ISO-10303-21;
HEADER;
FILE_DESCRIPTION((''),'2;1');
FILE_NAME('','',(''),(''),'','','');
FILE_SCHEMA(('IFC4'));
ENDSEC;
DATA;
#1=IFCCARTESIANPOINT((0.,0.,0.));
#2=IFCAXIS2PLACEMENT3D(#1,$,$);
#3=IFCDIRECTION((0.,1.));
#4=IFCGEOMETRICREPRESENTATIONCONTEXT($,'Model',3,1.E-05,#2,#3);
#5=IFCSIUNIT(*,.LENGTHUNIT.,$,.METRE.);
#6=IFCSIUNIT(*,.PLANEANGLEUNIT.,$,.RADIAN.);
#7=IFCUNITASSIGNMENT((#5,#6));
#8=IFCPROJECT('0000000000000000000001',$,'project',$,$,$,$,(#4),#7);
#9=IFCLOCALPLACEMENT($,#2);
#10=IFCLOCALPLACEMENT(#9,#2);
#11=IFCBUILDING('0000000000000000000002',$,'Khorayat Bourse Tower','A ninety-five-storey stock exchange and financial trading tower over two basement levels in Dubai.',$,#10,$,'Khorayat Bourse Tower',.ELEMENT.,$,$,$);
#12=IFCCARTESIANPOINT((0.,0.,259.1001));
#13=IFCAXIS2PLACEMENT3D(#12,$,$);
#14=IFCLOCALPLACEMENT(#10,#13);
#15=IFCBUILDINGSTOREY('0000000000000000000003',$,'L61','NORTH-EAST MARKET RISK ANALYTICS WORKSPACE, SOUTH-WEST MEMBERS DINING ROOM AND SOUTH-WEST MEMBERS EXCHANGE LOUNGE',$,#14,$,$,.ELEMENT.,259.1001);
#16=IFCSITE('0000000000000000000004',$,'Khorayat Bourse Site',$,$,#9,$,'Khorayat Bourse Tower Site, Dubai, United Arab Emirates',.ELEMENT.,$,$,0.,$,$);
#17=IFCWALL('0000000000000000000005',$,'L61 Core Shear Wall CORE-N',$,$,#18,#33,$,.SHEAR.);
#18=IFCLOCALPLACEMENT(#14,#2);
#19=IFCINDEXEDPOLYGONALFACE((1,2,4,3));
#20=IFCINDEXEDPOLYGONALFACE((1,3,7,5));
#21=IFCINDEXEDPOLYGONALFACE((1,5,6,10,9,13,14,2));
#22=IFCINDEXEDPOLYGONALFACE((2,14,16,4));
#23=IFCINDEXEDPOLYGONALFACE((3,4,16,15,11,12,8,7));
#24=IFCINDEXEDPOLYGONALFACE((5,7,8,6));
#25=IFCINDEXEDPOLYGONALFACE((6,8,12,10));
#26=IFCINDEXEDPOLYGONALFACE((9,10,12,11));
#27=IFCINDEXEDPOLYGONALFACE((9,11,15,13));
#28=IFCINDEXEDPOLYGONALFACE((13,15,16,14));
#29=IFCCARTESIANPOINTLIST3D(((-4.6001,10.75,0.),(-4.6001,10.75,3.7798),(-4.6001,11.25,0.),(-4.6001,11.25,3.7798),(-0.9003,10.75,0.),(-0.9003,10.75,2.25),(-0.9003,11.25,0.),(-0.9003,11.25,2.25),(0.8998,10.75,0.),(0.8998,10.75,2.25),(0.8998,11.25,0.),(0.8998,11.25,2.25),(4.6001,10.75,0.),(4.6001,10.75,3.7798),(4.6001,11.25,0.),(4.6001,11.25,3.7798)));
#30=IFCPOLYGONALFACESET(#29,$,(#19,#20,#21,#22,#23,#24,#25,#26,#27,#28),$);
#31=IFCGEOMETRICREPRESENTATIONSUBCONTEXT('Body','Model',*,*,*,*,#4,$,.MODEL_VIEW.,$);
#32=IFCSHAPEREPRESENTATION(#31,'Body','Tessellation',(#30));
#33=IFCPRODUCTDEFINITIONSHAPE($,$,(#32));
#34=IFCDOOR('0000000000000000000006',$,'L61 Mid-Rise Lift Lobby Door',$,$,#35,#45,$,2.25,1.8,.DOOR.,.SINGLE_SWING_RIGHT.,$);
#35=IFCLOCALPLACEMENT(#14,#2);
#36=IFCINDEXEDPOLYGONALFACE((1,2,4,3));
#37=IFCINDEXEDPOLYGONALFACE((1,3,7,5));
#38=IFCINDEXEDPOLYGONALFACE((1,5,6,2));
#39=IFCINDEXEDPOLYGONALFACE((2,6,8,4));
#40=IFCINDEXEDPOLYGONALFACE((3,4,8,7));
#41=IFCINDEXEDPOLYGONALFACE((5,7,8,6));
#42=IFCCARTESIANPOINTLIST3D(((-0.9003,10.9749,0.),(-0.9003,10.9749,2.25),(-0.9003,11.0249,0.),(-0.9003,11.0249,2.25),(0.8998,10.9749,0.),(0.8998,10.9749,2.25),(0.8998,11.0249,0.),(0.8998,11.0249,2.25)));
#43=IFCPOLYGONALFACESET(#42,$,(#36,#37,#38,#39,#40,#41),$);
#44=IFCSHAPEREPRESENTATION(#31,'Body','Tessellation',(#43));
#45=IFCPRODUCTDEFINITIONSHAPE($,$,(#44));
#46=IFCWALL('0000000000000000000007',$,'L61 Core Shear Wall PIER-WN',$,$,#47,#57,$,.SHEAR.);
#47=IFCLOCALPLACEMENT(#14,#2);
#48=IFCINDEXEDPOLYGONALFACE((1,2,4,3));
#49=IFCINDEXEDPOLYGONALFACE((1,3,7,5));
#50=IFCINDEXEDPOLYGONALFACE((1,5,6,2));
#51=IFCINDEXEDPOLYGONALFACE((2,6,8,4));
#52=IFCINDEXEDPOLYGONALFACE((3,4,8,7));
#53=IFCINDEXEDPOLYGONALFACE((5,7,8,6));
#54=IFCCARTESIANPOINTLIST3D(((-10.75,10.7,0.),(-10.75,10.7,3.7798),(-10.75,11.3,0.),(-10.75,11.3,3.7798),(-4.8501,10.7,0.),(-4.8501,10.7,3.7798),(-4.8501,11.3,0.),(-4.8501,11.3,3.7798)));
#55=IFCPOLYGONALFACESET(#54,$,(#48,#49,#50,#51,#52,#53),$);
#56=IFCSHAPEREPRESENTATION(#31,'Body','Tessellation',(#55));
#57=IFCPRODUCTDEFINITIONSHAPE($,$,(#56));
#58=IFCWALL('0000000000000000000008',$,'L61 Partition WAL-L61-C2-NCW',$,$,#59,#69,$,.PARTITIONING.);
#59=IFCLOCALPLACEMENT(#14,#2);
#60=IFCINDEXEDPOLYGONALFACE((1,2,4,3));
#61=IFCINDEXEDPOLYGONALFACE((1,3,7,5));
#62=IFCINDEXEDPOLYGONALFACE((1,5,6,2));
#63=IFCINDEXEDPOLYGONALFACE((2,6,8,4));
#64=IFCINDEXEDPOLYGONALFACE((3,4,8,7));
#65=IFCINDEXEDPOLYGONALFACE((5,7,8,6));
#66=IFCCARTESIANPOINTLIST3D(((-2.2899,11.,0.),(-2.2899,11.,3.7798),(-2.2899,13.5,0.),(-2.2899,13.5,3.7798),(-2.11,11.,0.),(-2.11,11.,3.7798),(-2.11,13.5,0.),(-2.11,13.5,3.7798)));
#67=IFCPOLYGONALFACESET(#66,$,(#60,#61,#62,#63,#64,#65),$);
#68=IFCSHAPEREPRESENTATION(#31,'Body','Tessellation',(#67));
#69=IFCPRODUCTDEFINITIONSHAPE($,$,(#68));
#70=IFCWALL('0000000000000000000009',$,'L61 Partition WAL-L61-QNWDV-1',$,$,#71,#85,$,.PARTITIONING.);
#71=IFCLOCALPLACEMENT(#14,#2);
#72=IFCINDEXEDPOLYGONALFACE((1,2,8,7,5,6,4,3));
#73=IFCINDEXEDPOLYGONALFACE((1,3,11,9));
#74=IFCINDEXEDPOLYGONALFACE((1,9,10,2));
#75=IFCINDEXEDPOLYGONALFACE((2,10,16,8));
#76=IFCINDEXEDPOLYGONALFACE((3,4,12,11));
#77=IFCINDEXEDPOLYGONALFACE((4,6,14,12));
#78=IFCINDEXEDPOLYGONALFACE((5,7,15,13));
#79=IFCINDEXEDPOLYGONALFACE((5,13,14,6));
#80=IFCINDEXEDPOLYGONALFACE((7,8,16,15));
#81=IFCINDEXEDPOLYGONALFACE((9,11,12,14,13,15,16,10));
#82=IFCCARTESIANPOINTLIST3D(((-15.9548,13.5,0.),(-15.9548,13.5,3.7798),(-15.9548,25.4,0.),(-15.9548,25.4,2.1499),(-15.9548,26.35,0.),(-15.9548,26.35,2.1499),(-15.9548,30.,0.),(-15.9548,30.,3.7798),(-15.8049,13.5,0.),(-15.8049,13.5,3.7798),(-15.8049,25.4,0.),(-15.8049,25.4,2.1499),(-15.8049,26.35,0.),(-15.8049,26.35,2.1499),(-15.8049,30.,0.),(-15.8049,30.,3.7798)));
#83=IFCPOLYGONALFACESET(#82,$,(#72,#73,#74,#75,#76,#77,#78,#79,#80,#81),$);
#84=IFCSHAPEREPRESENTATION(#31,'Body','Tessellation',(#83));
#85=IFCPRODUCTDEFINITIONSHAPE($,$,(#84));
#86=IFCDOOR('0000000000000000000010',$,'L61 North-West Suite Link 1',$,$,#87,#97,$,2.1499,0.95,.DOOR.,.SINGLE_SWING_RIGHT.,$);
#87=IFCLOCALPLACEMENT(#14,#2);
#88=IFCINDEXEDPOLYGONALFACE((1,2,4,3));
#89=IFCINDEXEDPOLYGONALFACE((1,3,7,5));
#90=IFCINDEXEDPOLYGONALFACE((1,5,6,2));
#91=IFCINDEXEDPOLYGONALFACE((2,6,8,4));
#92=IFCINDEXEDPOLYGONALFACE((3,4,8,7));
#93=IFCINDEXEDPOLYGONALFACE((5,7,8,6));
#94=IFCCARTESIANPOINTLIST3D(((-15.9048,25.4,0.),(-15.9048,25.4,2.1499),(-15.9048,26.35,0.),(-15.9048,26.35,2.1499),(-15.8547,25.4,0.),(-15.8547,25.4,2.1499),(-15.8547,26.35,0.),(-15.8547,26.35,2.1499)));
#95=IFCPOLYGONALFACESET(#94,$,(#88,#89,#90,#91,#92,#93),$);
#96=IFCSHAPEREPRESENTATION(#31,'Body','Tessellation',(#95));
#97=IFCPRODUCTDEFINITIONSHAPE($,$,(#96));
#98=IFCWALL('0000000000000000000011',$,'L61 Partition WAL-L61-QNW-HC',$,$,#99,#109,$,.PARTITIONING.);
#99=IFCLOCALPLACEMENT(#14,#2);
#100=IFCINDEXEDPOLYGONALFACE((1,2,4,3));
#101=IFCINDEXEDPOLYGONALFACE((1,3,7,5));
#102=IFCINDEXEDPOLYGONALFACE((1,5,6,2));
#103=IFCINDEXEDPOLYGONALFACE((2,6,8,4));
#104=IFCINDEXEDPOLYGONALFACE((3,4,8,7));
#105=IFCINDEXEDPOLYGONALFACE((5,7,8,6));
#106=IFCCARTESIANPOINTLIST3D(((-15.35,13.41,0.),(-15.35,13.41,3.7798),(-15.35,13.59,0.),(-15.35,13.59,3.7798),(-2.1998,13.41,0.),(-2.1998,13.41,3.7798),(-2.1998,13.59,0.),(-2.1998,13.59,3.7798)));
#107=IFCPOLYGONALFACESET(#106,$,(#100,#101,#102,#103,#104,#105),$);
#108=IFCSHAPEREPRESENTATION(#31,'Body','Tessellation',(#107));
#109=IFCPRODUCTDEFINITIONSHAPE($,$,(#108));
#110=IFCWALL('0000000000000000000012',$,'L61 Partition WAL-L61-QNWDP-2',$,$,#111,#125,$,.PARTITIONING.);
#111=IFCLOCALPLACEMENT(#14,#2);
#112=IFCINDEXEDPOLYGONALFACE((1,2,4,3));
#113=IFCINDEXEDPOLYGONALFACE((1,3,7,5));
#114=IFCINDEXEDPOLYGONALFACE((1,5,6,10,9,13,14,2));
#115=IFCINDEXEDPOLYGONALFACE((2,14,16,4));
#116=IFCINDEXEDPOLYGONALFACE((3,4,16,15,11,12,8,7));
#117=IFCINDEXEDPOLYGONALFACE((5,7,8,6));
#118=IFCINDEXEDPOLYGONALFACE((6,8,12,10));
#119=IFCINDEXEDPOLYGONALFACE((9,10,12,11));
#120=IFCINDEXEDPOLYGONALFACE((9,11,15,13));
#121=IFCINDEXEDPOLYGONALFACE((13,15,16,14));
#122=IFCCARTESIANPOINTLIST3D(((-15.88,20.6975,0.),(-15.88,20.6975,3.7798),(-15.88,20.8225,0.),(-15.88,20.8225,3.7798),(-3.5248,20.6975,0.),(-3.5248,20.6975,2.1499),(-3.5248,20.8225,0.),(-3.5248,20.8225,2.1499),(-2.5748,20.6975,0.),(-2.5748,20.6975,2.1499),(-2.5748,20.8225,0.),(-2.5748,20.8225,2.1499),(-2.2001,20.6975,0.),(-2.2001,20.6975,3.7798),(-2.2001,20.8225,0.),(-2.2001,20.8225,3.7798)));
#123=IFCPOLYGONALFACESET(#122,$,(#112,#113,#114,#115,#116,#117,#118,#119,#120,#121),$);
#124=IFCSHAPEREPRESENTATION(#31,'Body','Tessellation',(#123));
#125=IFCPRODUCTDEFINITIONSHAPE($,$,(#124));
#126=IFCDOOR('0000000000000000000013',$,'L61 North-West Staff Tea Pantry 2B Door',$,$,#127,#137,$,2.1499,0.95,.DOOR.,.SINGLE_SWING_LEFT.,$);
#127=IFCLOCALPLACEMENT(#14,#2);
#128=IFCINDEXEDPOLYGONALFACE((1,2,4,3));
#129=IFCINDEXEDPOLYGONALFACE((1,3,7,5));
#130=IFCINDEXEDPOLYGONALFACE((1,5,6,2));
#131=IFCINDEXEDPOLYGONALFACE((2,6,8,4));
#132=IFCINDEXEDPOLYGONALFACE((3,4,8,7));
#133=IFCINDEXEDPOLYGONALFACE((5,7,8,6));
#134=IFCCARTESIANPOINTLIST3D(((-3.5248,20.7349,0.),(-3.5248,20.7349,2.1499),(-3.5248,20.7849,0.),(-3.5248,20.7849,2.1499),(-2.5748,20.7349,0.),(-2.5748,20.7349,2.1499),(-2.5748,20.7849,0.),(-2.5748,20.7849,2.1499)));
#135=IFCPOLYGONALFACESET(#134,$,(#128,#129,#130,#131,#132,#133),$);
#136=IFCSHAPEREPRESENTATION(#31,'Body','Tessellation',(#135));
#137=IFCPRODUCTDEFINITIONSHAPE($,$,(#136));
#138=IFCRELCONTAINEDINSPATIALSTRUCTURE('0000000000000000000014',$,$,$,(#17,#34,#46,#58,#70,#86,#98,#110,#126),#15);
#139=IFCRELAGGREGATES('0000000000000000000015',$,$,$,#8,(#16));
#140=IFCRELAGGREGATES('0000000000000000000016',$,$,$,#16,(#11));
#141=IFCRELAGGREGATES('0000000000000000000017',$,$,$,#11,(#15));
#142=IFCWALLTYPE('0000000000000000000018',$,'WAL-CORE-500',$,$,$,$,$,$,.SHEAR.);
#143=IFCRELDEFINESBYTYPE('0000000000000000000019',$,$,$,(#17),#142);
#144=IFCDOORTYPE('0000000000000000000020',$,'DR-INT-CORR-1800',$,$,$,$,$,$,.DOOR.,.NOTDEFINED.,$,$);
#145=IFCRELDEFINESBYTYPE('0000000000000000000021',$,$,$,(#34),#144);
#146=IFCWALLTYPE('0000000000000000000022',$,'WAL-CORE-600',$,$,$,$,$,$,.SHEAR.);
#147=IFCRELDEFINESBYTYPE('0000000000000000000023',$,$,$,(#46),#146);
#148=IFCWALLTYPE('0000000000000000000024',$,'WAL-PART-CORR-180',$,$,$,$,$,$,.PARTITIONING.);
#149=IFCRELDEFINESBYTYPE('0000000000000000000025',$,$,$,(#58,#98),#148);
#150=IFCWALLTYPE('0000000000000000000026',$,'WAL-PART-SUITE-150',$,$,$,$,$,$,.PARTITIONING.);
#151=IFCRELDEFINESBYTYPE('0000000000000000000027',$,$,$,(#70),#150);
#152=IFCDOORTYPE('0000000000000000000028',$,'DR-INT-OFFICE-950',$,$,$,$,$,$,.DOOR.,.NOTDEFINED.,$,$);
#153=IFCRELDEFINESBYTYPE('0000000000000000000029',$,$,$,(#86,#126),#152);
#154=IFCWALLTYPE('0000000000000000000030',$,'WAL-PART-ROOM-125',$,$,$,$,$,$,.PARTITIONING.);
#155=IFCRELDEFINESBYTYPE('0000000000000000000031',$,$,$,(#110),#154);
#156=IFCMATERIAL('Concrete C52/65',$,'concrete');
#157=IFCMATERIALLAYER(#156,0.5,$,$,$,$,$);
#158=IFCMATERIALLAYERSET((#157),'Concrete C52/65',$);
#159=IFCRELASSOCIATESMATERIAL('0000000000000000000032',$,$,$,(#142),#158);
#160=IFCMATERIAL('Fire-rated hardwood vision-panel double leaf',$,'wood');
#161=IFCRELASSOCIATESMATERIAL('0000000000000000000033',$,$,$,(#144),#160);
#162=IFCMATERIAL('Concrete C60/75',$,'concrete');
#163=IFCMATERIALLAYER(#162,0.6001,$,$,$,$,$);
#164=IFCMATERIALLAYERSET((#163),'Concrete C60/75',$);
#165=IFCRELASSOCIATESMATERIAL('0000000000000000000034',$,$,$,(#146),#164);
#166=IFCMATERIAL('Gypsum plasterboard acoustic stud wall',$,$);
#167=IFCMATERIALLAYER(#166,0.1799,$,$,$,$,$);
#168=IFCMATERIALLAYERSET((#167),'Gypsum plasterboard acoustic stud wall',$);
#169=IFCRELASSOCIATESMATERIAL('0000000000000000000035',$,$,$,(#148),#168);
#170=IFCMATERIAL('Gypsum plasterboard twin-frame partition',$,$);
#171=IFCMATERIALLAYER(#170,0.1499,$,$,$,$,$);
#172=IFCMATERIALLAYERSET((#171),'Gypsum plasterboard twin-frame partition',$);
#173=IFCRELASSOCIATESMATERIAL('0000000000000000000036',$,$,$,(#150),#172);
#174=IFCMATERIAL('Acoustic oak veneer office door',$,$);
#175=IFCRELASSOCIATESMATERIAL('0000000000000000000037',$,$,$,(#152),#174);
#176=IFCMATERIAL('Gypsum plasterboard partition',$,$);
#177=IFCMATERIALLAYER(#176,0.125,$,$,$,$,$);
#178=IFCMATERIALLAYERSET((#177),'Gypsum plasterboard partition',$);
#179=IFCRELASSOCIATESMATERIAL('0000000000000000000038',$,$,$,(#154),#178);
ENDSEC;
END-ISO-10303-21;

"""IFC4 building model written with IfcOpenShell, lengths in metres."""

from ifc_helpers import new_model, si_unit, direction, frame, frame_2d, origin, place, context, subcontext, project, spatial, rectangle, extrude, source, transform, mapped, material, layer, layer_set, type_object, element, fill, save


model = new_model("IFC4")

# Units and contexts
model_context = context("Model", 3, precision=1e-05, world=origin(), true_north=direction((0.0, 1.0)))
body_context = subcontext(model_context, "Body", "Model", "MODEL_VIEW")
ifc_project = project(units=[si_unit("LENGTHUNIT", "METRE"), si_unit("PLANEANGLEUNIT", "RADIAN")], contexts=[model_context])

# Site, building, storey
site_placement = place(None, origin())
site = spatial("IfcSite", under=ifc_project, at=site_placement, Name="Khorayat Bourse Site", LongName="Khorayat Bourse Tower Site, Dubai, United Arab Emirates", CompositionType="ELEMENT", RefElevation=0.0)
building_placement = place(site_placement, origin())
building = spatial("IfcBuilding", under=site, at=building_placement, Name="Khorayat Bourse Tower", Description="A ninety-five-storey stock exchange and financial trading tower over two basement levels in Dubai.", LongName="Khorayat Bourse Tower", CompositionType="ELEMENT")
storey_placement = place(building_placement, frame((0.0, 0.0, 259.1001)))
storey = spatial("IfcBuildingStorey", under=building, at=storey_placement, Name="L61", Description="NORTH-EAST MARKET RISK ANALYTICS WORKSPACE, SOUTH-WEST MEMBERS DINING ROOM AND SOUTH-WEST MEMBERS EXCHANGE LOUNGE", CompositionType="ELEMENT", Elevation=259.1001)

# Shared definitions
ifc_material_1 = material(Name="Concrete C60/75", Category="concrete")

# Wall, opening, door
ifc_material_2 = material(Name="Concrete C52/65", Category="concrete")
ifc_layer_1 = layer(ifc_material_2, 0.5)
ifc_layer_set_1 = layer_set([ifc_layer_1], Name="Concrete C52/65")
wall_type_1 = type_object("IfcWallType", Name="WAL-CORE-500", PredefinedType="SHEAR", material=ifc_layer_set_1)
shared_shape_1 = source(origin(), body_context, "Body", "SweptSolid", [
    extrude(rectangle(XDim=9.2002, YDim=0.5, at=frame_2d((4.6001, 0.0))), origin(), (0.0, 0.0, 1.0), 3.7798),
])
wall_1_placement = place(storey_placement, frame((-4.6001, 11.0, 0.0), z_axis=(0.0, 0.0, 1.0), x_axis=(1.0, 0.0, 0.0)))
wall_1 = element("IfcWall", 1, at=wall_1_placement, inside=storey, type_object=wall_type_1, Name="L61 Core Shear Wall CORE-N", PredefinedType="SHEAR", context=body_context, shape_type="MappedRepresentation", body=[
    mapped(shared_shape_1, transform((0.0, 0.0, 0.0), scale=1.0)),
])
shared_shape_2 = source(origin(), body_context, "Body", "SweptSolid", [
    extrude(rectangle(XDim=1.8, YDim=2.25, at=frame_2d((0.8999, 1.125))), frame((0.0, 0.26, 0.0), z_axis=(0.0, -1.0, 0.0), x_axis=(1.0, 0.0, 0.0)), (0.0, 0.0, 1.0), 0.52),
])
opening_1_placement = place(wall_1_placement, frame((3.7, 0.0, 0.0)))
opening_1 = element("IfcOpeningElement", 2, at=opening_1_placement, cuts=wall_1, PredefinedType="OPENING", context=body_context, shape_type="MappedRepresentation", body=[
    mapped(shared_shape_2, transform((0.0, 0.0, 0.0), scale=1.0)),
])
ifc_material_3 = material(Name="Fire-rated hardwood vision-panel double leaf", Category="wood")
door_type_1 = type_object("IfcDoorType", Name="DR-INT-CORR-1800", OperationType="NOTDEFINED", PredefinedType="DOOR", material=ifc_material_3)
shared_shape_3 = source(origin(), body_context, "Body", "SweptSolid", [
    extrude(rectangle(XDim=1.8, YDim=2.25, at=frame_2d((0.8999, 1.125))), frame((0.0, 0.0249, 0.0), z_axis=(0.0, -1.0, 0.0), x_axis=(1.0, 0.0, 0.0)), (0.0, 0.0, 1.0), 0.05),
])
door_1_placement = place(opening_1_placement, origin())
door_1 = element("IfcDoor", 3, at=door_1_placement, inside=storey, type_object=door_type_1, Name="L61 Mid-Rise Lift Lobby Door", OperationType="SINGLE_SWING_RIGHT", OverallHeight=2.25, OverallWidth=1.8, PredefinedType="DOOR", context=body_context, shape_type="MappedRepresentation", body=[
    mapped(shared_shape_3, transform((0.0, 0.0, 0.0), scale=1.0)),
])
fill(opening_1, door_1)

# Walls
ifc_layer_2 = layer(ifc_material_1, 0.6001)
ifc_layer_set_2 = layer_set([ifc_layer_2], Name="Concrete C60/75")
wall_type_2 = type_object("IfcWallType", Name="WAL-CORE-600", PredefinedType="SHEAR", material=ifc_layer_set_2)
shared_shape_4 = source(origin(), body_context, "Body", "SweptSolid", [
    extrude(rectangle(XDim=5.8999, YDim=0.6001, at=frame_2d((2.95, 0.0))), origin(), (0.0, 0.0, 1.0), 3.7798),
])
wall_2_placement = place(storey_placement, frame((-10.75, 11.0, 0.0), z_axis=(0.0, 0.0, 1.0), x_axis=(1.0, 0.0, 0.0)))
element("IfcWall", 4, at=wall_2_placement, inside=storey, type_object=wall_type_2, Name="L61 Core Shear Wall PIER-WN", PredefinedType="SHEAR", context=body_context, shape_type="MappedRepresentation", body=[
    mapped(shared_shape_4, transform((0.0, 0.0, 0.0), scale=1.0)),
])
ifc_material_4 = material(Name="Gypsum plasterboard acoustic stud wall")
ifc_layer_3 = layer(ifc_material_4, 0.1799)
ifc_layer_set_3 = layer_set([ifc_layer_3], Name="Gypsum plasterboard acoustic stud wall")
wall_type_3 = type_object("IfcWallType", Name="WAL-PART-CORR-180", PredefinedType="PARTITIONING", material=ifc_layer_set_3)
shared_shape_5 = source(origin(), body_context, "Body", "SweptSolid", [
    extrude(rectangle(XDim=2.5, YDim=0.1799, at=frame_2d((1.25, 0.0))), origin(), (0.0, 0.0, 1.0), 3.7798),
])
wall_3_placement = place(storey_placement, frame((-2.2, 11.0, 0.0), z_axis=(0.0, 0.0, 1.0), x_axis=(0.0, 1.0, 0.0)))
element("IfcWall", 5, at=wall_3_placement, inside=storey, type_object=wall_type_3, Name="L61 Partition WAL-L61-C2-NCW", PredefinedType="PARTITIONING", context=body_context, shape_type="MappedRepresentation", body=[
    mapped(shared_shape_5, transform((0.0, 0.0, 0.0), scale=1.0)),
])

# Wall, opening, door
ifc_material_5 = material(Name="Gypsum plasterboard twin-frame partition")
ifc_layer_4 = layer(ifc_material_5, 0.1499)
ifc_layer_set_4 = layer_set([ifc_layer_4], Name="Gypsum plasterboard twin-frame partition")
wall_type_4 = type_object("IfcWallType", Name="WAL-PART-SUITE-150", PredefinedType="PARTITIONING", material=ifc_layer_set_4)
shared_shape_6 = source(origin(), body_context, "Body", "SweptSolid", [
    extrude(rectangle(XDim=16.5, YDim=0.1499, at=frame_2d((8.25, 0.0))), origin(), (0.0, 0.0, 1.0), 3.7798),
])
wall_4_placement = place(storey_placement, frame((-15.8799, 13.5, 0.0), z_axis=(0.0, 0.0, 1.0), x_axis=(0.0, 1.0, 0.0)))
wall_4 = element("IfcWall", 6, at=wall_4_placement, inside=storey, type_object=wall_type_4, Name="L61 Partition WAL-L61-QNWDV-1", PredefinedType="PARTITIONING", context=body_context, shape_type="MappedRepresentation", body=[
    mapped(shared_shape_6, transform((0.0, 0.0, 0.0), scale=1.0)),
])
shared_shape_7 = source(origin(), body_context, "Body", "SweptSolid", [
    extrude(rectangle(XDim=0.95, YDim=2.1499, at=frame_2d((0.4751, 1.075))), frame((0.0, 0.085, 0.0), z_axis=(0.0, -1.0, 0.0), x_axis=(1.0, 0.0, 0.0)), (0.0, 0.0, 1.0), 0.1699),
])
opening_2_placement = place(wall_4_placement, frame((11.8999, 0.0, 0.0)))
opening_2 = element("IfcOpeningElement", 7, at=opening_2_placement, cuts=wall_4, PredefinedType="OPENING", context=body_context, shape_type="MappedRepresentation", body=[
    mapped(shared_shape_7, transform((0.0, 0.0, 0.0), scale=1.0)),
])
ifc_material_6 = material(Name="Acoustic oak veneer office door")
door_type_2 = type_object("IfcDoorType", Name="DR-INT-OFFICE-950", OperationType="NOTDEFINED", PredefinedType="DOOR", material=ifc_material_6)
shared_shape_8 = source(origin(), body_context, "Body", "SweptSolid", [
    extrude(rectangle(XDim=0.95, YDim=2.1499, at=frame_2d((0.4751, 1.075))), frame((0.0, 0.0249, 0.0), z_axis=(0.0, -1.0, 0.0), x_axis=(1.0, 0.0, 0.0)), (0.0, 0.0, 1.0), 0.05),
])
door_2_placement = place(opening_2_placement, origin())
door_2 = element("IfcDoor", 8, at=door_2_placement, inside=storey, type_object=door_type_2, Name="L61 North-West Suite Link 1", OperationType="SINGLE_SWING_RIGHT", OverallHeight=2.1499, OverallWidth=0.95, PredefinedType="DOOR", context=body_context, shape_type="MappedRepresentation", body=[
    mapped(shared_shape_8, transform((0.0, 0.0, 0.0), scale=1.0)),
])
fill(opening_2, door_2)

# Wall
shared_shape_9 = source(origin(), body_context, "Body", "SweptSolid", [
    extrude(rectangle(XDim=13.1501, YDim=0.1799, at=frame_2d((6.5752, 0.0))), origin(), (0.0, 0.0, 1.0), 3.7798),
])
wall_5_placement = place(storey_placement, frame((-15.3501, 13.5, 0.0), z_axis=(0.0, 0.0, 1.0), x_axis=(1.0, 0.0, 0.0)))
element("IfcWall", 9, at=wall_5_placement, inside=storey, type_object=wall_type_3, Name="L61 Partition WAL-L61-QNW-HC", PredefinedType="PARTITIONING", context=body_context, shape_type="MappedRepresentation", body=[
    mapped(shared_shape_9, transform((0.0, 0.0, 0.0), scale=1.0)),
])

# Wall, opening, door
ifc_material_7 = material(Name="Gypsum plasterboard partition")
ifc_layer_5 = layer(ifc_material_7, 0.125)
ifc_layer_set_5 = layer_set([ifc_layer_5], Name="Gypsum plasterboard partition")
wall_type_5 = type_object("IfcWallType", Name="WAL-PART-ROOM-125", PredefinedType="PARTITIONING", material=ifc_layer_set_5)
shared_shape_10 = source(origin(), body_context, "Body", "SweptSolid", [
    extrude(rectangle(XDim=13.6799, YDim=0.125, at=frame_2d((6.8398, 0.0))), origin(), (0.0, 0.0, 1.0), 3.7798),
])
wall_6_placement = place(storey_placement, frame((-15.8799, 20.76, 0.0), z_axis=(0.0, 0.0, 1.0), x_axis=(1.0, 0.0, 0.0)))
wall_6 = element("IfcWall", 10, at=wall_6_placement, inside=storey, type_object=wall_type_5, Name="L61 Partition WAL-L61-QNWDP-2", PredefinedType="PARTITIONING", context=body_context, shape_type="MappedRepresentation", body=[
    mapped(shared_shape_10, transform((0.0, 0.0, 0.0), scale=1.0)),
])
shared_shape_11 = source(origin(), body_context, "Body", "SweptSolid", [
    extrude(rectangle(XDim=0.95, YDim=2.1499, at=frame_2d((0.4751, 1.075))), frame((0.0, 0.0725, 0.0), z_axis=(0.0, -1.0, 0.0), x_axis=(1.0, 0.0, 0.0)), (0.0, 0.0, 1.0), 0.145),
])
opening_3_placement = place(wall_6_placement, frame((12.355, 0.0, 0.0)))
opening_3 = element("IfcOpeningElement", 11, at=opening_3_placement, cuts=wall_6, PredefinedType="OPENING", context=body_context, shape_type="MappedRepresentation", body=[
    mapped(shared_shape_11, transform((0.0, 0.0, 0.0), scale=1.0)),
])
door_3_placement = place(opening_3_placement, origin())
door_3 = element("IfcDoor", 12, at=door_3_placement, inside=storey, type_object=door_type_2, Name="L61 North-West Staff Tea Pantry 2B Door", OperationType="SINGLE_SWING_LEFT", OverallHeight=2.1499, OverallWidth=0.95, PredefinedType="DOOR", context=body_context, shape_type="MappedRepresentation", body=[
    mapped(shared_shape_8, transform((0.0, 0.0, 0.0), scale=1.0)),
])
fill(opening_3, door_3)

save(model, "model.ifc")
